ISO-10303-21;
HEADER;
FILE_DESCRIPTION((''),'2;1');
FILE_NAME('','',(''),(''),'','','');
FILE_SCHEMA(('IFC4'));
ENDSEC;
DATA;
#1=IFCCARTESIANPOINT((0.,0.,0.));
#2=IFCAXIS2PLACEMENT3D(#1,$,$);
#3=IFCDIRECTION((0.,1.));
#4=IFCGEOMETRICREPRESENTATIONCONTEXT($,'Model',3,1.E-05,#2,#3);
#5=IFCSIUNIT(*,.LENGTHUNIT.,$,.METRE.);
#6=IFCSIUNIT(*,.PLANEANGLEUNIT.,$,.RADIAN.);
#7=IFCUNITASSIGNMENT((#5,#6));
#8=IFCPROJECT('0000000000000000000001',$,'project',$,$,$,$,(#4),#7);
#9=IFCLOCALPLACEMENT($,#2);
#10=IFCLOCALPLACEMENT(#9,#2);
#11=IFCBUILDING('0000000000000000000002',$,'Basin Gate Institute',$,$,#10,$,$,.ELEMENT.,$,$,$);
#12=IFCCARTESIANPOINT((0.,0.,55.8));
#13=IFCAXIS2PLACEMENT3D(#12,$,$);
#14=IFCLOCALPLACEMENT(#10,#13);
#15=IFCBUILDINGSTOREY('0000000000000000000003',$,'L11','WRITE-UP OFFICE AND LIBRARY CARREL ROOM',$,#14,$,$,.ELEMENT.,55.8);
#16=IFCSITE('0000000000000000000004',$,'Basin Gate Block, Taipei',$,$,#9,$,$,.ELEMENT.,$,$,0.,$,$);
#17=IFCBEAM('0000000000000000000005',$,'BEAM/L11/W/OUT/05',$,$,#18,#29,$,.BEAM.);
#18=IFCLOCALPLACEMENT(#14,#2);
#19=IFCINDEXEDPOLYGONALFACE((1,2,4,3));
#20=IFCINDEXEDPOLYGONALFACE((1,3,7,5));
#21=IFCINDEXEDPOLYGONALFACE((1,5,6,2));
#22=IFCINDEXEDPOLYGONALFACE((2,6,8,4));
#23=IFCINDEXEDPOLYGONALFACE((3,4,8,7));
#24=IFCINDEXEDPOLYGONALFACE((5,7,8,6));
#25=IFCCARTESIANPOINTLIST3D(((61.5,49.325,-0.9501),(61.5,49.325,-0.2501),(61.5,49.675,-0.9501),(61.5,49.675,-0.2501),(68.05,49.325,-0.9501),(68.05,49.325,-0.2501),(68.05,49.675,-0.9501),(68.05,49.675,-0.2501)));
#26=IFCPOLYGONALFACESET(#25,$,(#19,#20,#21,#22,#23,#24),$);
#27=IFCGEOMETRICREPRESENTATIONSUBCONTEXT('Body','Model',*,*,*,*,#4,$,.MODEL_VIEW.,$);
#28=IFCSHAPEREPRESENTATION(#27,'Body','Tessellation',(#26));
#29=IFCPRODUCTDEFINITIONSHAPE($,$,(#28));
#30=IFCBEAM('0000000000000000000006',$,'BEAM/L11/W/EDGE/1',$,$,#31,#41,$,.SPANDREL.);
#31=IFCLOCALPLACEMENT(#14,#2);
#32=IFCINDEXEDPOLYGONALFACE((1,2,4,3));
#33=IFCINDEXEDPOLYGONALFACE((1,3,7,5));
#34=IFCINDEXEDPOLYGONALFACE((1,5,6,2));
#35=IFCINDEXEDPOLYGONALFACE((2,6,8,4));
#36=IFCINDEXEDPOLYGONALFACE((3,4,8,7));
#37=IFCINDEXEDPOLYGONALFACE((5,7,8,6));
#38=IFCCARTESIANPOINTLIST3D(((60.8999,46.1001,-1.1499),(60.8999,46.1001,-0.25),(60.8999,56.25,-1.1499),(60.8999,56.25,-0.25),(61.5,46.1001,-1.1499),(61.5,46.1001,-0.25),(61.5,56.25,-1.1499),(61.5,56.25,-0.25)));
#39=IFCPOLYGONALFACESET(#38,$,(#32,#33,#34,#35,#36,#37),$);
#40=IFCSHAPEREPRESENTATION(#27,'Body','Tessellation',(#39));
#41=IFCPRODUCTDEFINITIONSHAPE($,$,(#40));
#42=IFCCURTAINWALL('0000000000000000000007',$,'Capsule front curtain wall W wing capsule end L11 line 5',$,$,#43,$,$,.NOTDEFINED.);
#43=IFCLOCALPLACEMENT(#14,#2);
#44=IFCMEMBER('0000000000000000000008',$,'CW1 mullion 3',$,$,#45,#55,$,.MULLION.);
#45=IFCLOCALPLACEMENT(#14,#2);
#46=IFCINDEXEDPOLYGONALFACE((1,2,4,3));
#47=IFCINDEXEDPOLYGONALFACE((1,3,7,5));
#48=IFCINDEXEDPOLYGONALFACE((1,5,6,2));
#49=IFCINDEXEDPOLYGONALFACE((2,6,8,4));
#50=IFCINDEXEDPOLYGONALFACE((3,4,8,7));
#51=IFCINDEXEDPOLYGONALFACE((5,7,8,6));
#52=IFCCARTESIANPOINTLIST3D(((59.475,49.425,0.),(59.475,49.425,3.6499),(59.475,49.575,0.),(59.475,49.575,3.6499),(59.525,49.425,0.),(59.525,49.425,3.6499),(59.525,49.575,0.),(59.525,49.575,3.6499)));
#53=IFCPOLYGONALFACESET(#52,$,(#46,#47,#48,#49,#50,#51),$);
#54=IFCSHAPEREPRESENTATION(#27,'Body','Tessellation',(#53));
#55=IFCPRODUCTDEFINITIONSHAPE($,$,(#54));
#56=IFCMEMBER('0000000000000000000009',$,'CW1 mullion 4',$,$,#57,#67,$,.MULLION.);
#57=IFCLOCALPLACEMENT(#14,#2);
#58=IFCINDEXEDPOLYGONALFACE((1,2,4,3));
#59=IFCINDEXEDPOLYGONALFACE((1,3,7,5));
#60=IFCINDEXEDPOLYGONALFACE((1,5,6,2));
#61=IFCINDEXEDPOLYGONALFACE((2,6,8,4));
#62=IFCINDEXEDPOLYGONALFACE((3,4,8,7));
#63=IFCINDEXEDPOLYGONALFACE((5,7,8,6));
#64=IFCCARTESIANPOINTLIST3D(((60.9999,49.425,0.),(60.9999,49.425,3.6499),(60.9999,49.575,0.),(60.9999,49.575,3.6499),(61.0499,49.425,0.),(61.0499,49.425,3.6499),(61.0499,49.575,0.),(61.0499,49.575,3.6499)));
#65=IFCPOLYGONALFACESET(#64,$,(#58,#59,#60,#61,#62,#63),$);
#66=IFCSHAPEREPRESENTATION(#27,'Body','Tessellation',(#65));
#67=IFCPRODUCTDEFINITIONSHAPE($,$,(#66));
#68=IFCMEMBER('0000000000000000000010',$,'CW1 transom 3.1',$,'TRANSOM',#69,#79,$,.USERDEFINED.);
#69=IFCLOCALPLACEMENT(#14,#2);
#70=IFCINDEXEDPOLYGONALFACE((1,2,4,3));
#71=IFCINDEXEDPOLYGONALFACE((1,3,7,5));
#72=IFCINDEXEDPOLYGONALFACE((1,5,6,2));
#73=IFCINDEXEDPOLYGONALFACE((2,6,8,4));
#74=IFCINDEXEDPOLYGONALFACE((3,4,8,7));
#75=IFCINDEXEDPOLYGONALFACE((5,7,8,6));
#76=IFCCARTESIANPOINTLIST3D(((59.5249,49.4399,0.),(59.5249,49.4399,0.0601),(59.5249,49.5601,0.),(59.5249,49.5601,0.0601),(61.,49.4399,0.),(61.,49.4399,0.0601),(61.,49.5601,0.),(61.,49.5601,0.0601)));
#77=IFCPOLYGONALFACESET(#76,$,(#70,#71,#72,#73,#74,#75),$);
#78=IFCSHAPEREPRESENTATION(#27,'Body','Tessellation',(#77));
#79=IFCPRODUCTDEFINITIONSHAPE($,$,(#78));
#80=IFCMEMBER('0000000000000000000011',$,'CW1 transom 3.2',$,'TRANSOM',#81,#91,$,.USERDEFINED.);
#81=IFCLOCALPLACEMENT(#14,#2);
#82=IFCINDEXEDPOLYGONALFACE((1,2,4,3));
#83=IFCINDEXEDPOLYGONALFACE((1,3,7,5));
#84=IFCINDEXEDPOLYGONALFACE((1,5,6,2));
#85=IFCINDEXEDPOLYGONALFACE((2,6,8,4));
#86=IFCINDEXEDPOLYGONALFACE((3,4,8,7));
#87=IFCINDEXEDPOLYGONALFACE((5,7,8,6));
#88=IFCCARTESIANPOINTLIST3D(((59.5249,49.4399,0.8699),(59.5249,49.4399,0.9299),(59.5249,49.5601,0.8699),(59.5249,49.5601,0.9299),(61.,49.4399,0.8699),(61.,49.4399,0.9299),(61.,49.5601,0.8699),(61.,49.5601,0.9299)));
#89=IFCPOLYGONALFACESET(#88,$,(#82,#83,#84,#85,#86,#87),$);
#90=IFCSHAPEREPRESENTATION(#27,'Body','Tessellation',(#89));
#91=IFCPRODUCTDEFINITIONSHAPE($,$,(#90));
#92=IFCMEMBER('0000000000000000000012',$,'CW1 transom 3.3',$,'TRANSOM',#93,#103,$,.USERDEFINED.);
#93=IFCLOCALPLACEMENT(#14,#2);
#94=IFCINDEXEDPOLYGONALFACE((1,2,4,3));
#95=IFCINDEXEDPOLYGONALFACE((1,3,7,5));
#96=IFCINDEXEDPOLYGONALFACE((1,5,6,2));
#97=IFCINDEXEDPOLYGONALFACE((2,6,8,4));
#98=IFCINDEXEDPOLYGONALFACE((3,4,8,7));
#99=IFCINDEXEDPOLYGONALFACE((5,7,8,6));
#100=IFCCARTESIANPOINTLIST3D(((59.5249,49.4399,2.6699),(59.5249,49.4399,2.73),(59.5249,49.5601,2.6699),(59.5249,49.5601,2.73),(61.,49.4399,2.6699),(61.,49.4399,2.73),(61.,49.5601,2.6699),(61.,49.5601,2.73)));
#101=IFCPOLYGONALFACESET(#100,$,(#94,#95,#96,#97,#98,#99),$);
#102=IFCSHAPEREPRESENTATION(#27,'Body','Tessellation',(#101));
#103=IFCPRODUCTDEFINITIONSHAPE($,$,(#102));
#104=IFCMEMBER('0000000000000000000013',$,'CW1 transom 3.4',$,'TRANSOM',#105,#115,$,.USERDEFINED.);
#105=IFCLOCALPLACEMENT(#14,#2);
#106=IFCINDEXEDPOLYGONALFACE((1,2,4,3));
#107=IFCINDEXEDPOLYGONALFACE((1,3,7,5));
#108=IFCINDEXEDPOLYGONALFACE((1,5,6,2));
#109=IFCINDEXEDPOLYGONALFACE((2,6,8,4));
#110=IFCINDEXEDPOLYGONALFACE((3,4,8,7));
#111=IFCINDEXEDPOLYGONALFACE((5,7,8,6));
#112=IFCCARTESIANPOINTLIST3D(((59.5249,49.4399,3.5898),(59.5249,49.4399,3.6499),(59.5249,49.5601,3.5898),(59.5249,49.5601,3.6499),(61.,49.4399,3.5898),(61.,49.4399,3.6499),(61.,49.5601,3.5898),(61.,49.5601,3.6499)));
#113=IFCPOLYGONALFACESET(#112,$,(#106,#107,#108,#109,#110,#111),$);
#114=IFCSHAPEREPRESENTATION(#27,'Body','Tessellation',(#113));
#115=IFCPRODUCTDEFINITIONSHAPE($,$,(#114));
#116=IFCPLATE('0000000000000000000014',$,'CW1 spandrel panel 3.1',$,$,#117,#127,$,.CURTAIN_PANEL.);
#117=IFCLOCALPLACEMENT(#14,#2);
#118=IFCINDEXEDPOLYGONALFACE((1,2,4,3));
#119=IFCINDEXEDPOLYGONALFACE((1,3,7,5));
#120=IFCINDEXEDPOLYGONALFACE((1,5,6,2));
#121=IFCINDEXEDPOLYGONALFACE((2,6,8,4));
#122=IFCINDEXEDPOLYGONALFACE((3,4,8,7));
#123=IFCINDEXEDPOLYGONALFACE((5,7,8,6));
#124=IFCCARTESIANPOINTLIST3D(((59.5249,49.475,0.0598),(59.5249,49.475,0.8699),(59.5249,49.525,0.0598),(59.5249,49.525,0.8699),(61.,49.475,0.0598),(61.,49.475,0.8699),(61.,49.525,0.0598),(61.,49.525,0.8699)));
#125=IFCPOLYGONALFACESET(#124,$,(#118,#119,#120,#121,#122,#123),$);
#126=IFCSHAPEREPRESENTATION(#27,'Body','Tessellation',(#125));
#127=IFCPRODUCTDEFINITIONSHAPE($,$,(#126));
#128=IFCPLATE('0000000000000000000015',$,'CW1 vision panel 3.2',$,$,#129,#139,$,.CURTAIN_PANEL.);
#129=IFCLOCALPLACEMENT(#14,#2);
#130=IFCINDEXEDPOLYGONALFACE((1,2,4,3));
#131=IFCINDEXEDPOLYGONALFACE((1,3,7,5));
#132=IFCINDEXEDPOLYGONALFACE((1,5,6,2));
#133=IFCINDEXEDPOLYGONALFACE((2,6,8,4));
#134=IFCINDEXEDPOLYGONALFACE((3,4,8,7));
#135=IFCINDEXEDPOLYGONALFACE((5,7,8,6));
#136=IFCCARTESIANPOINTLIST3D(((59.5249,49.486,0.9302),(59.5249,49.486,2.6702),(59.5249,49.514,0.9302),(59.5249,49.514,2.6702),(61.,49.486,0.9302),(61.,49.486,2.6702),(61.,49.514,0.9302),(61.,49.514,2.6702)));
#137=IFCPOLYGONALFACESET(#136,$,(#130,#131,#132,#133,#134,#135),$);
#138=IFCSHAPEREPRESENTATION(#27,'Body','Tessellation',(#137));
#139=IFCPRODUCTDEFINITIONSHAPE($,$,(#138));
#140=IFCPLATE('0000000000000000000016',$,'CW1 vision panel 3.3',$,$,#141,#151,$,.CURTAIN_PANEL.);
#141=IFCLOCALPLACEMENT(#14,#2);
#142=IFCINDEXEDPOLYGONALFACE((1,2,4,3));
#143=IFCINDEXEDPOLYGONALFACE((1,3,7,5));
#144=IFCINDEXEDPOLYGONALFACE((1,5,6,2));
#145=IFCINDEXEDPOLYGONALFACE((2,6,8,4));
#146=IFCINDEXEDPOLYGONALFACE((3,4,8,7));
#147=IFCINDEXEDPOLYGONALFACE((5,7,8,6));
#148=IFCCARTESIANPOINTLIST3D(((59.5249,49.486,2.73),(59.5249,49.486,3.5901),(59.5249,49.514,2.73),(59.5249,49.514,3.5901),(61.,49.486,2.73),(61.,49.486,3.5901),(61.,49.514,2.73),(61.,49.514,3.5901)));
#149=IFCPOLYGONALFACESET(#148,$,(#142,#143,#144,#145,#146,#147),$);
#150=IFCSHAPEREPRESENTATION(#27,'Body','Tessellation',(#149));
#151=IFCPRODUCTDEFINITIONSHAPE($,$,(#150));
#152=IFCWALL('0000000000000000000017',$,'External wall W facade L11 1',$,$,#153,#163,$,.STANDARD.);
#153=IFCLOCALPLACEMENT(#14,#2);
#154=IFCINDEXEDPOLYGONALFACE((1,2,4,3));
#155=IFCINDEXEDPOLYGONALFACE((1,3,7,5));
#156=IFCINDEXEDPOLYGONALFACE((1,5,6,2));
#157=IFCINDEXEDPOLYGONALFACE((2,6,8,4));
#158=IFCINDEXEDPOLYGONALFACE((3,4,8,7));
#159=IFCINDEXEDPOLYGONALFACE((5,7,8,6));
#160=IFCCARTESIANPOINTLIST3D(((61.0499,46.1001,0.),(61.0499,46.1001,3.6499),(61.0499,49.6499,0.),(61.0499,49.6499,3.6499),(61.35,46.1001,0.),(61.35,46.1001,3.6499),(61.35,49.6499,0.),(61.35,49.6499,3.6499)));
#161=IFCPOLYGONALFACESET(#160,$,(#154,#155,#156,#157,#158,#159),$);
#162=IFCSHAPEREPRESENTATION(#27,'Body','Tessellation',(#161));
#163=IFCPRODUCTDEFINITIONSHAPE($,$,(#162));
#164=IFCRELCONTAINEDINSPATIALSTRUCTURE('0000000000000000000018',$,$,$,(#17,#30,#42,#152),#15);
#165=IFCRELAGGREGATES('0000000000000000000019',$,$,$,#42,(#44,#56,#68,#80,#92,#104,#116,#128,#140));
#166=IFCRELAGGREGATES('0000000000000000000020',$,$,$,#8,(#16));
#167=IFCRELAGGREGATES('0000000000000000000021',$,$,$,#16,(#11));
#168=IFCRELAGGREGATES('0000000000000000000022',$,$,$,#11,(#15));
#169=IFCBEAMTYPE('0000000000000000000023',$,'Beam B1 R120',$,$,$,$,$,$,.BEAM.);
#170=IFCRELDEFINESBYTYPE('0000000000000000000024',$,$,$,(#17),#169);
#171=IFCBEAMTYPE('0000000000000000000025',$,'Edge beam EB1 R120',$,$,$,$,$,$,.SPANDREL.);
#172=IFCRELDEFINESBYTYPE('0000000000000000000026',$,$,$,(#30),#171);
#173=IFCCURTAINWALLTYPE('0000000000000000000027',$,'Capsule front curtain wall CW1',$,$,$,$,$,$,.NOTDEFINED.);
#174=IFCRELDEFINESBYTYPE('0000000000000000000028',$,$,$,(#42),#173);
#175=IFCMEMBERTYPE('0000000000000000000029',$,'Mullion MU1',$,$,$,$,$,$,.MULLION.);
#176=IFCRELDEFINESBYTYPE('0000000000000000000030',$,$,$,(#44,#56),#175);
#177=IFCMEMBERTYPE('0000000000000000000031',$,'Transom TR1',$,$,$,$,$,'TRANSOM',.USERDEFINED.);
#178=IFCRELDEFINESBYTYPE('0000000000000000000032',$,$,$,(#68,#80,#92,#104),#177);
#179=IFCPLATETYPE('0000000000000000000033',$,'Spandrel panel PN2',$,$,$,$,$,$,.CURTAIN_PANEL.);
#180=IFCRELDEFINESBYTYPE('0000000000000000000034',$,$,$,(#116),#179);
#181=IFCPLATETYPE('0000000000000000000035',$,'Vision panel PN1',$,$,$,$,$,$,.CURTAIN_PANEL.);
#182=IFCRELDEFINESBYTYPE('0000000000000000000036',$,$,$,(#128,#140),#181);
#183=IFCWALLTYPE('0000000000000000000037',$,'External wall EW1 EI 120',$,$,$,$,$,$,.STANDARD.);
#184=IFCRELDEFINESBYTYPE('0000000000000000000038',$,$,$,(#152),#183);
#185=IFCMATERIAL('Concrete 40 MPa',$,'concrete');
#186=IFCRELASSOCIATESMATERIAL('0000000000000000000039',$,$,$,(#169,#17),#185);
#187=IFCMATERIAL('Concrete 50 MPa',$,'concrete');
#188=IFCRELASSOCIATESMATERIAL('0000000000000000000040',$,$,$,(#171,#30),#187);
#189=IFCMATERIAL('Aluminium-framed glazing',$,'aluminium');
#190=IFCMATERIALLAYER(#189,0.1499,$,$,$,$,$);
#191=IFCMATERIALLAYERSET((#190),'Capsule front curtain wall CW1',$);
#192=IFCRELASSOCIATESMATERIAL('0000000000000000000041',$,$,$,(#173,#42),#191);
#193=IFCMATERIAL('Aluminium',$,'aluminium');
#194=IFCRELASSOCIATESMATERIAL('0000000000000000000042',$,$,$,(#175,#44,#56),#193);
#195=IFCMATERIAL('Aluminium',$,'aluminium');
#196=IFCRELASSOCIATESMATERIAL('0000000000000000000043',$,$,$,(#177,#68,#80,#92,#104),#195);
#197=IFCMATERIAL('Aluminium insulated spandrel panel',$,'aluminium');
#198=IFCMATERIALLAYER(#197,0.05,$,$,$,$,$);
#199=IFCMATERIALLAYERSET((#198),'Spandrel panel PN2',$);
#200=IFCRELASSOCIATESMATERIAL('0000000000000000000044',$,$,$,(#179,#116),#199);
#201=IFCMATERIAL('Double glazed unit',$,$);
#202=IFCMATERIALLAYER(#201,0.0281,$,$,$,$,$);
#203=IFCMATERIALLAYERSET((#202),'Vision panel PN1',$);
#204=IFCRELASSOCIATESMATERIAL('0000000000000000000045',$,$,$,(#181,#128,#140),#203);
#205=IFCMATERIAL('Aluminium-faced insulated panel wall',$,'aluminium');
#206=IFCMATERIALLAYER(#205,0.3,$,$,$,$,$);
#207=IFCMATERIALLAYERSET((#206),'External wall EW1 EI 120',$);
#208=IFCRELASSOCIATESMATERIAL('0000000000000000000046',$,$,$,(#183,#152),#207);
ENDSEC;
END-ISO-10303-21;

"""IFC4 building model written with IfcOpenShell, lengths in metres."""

from ifc_helpers import new_model, si_unit, direction, frame, frame_2d, origin, origin_2d, place, context, subcontext, project, spatial, rectangle, extrude, material, layer, layer_set, material_profile, profile_set, type_object, element, aggregate, save


model = new_model("IFC4")

# Units and contexts
model_context = context("Model", 3, precision=1e-05, world=origin(), true_north=direction((0.0, 1.0)))
body_context = subcontext(model_context, "Body", "Model", "MODEL_VIEW")
ifc_project = project(units=[si_unit("LENGTHUNIT", "METRE"), si_unit("PLANEANGLEUNIT", "RADIAN")], contexts=[model_context])

# Site, building, storey
site_placement = place(None, origin())
site = spatial("IfcSite", under=ifc_project, at=site_placement, Name="Basin Gate Block, Taipei", CompositionType="ELEMENT", RefElevation=0.0)
building_placement = place(site_placement, origin())
building = spatial("IfcBuilding", under=site, at=building_placement, Name="Basin Gate Institute", CompositionType="ELEMENT")
storey_placement = place(building_placement, frame((0.0, 0.0, 55.8)))
storey = spatial("IfcBuildingStorey", under=building, at=storey_placement, Name="L11", Description="WRITE-UP OFFICE AND LIBRARY CARREL ROOM", CompositionType="ELEMENT", Elevation=55.8)

# Beams
ifc_material_1 = material(Name="Concrete 40 MPa", Category="concrete")
ifc_material_profile_1 = material_profile(ifc_material_1, rectangle(XDim=0.3501, YDim=0.7, at=origin_2d()), Name="Beam B1 350 x 700")
ifc_profile_set_1 = profile_set([ifc_material_profile_1], Name="Concrete 40 MPa")
beam_type_1 = type_object("IfcBeamType", Name="Beam B1 R120", PredefinedType="BEAM", material=ifc_profile_set_1)
beam_1_placement = place(storey_placement, frame((61.5, 49.5, -0.6001), z_axis=(1.0, 0.0, 0.0), x_axis=(0.0, 1.0, 0.0)))
element("IfcBeam", 1, at=beam_1_placement, inside=storey, type_object=beam_type_1, material=ifc_profile_set_1, Name="BEAM/L11/W/OUT/05", PredefinedType="BEAM", context=body_context, shape_type="SweptSolid", body=[
    extrude(rectangle(XDim=0.3501, YDim=0.7, at=origin_2d()), origin(), (0.0, 0.0, 1.0), 6.55),
])
ifc_material_2 = material(Name="Concrete 50 MPa", Category="concrete")
ifc_material_profile_2 = material_profile(ifc_material_2, rectangle(XDim=0.6001, YDim=0.8999, at=origin_2d()), Name="Edge beam EB1 600 x 900")
ifc_profile_set_2 = profile_set([ifc_material_profile_2], Name="Concrete 50 MPa")
beam_type_2 = type_object("IfcBeamType", Name="Edge beam EB1 R120", PredefinedType="SPANDREL", material=ifc_profile_set_2)
beam_2_placement = place(storey_placement, frame((61.2, 46.1001, -0.7), z_axis=(0.0, 1.0, 0.0), x_axis=(-1.0, 0.0, 0.0)))
element("IfcBeam", 2, at=beam_2_placement, inside=storey, type_object=beam_type_2, material=ifc_profile_set_2, Name="BEAM/L11/W/EDGE/1", PredefinedType="SPANDREL", context=body_context, shape_type="SweptSolid", body=[
    extrude(rectangle(XDim=0.6001, YDim=0.8999, at=origin_2d()), origin(), (0.0, 0.0, 1.0), 10.1499),
])

# Curtain wall, members, plates
ifc_material_3 = material(Name="Aluminium-framed glazing", Category="aluminium")
ifc_layer_1 = layer(ifc_material_3, 0.1499)
ifc_layer_set_1 = layer_set([ifc_layer_1], Name="Capsule front curtain wall CW1")
curtain_wall_type = type_object("IfcCurtainWallType", Name="Capsule front curtain wall CW1", PredefinedType="NOTDEFINED", material=ifc_layer_set_1)
curtain_wall_placement = place(storey_placement, origin())
curtain_wall = element("IfcCurtainWall", 3, at=curtain_wall_placement, inside=storey, type_object=curtain_wall_type, material=ifc_layer_set_1, Name="Capsule front curtain wall W wing capsule end L11 line 5", PredefinedType="NOTDEFINED")
ifc_material_4 = material(Name="Aluminium", Category="aluminium")
ifc_material_profile_3 = material_profile(ifc_material_4, rectangle(XDim=0.1499, YDim=0.05, at=origin_2d()), Name="Mullion MU1 150 x 50")
ifc_profile_set_3 = profile_set([ifc_material_profile_3], Name="Aluminium")
member_type_1 = type_object("IfcMemberType", Name="Mullion MU1", PredefinedType="MULLION", material=ifc_profile_set_3)
member_1_placement = place(storey_placement, frame((59.5, 49.5, 0.0), z_axis=(0.0, 0.0, 1.0), x_axis=(0.0, 1.0, 0.0)))
member_1 = element("IfcMember", 4, at=member_1_placement, type_object=member_type_1, material=ifc_profile_set_3, Name="CW1 mullion 3", PredefinedType="MULLION", context=body_context, shape_type="SweptSolid", body=[
    extrude(rectangle(XDim=0.1499, YDim=0.05, at=origin_2d()), origin(), (0.0, 0.0, 1.0), 3.6499),
])
member_2_placement = place(storey_placement, frame((61.0249, 49.5, 0.0), z_axis=(0.0, 0.0, 1.0), x_axis=(0.0, 1.0, 0.0)))
member_2 = element("IfcMember", 5, at=member_2_placement, type_object=member_type_1, material=ifc_profile_set_3, Name="CW1 mullion 4", PredefinedType="MULLION", context=body_context, shape_type="SweptSolid", body=[
    extrude(rectangle(XDim=0.1499, YDim=0.05, at=origin_2d()), origin(), (0.0, 0.0, 1.0), 3.6499),
])
ifc_material_5 = material(Name="Aluminium", Category="aluminium")
ifc_material_profile_4 = material_profile(ifc_material_5, rectangle(XDim=0.1201, YDim=0.0601, at=origin_2d()), Name="Transom TR1 120 x 60")
ifc_profile_set_4 = profile_set([ifc_material_profile_4], Name="Aluminium")
member_type_2 = type_object("IfcMemberType", Name="Transom TR1", ElementType="TRANSOM", PredefinedType="USERDEFINED", material=ifc_profile_set_4)
member_3_placement = place(storey_placement, frame((59.5249, 49.5, 0.03), z_axis=(1.0, 0.0, 0.0), x_axis=(0.0, 1.0, 0.0)))
member_3 = element("IfcMember", 6, at=member_3_placement, type_object=member_type_2, material=ifc_profile_set_4, Name="CW1 transom 3.1", ObjectType="TRANSOM", PredefinedType="USERDEFINED", context=body_context, shape_type="SweptSolid", body=[
    extrude(rectangle(XDim=0.1201, YDim=0.0601, at=origin_2d()), origin(), (0.0, 0.0, 1.0), 1.4751),
])
member_4_placement = place(storey_placement, frame((59.5249, 49.5, 0.8999), z_axis=(1.0, 0.0, 0.0), x_axis=(0.0, 1.0, 0.0)))
member_4 = element("IfcMember", 7, at=member_4_placement, type_object=member_type_2, material=ifc_profile_set_4, Name="CW1 transom 3.2", ObjectType="TRANSOM", PredefinedType="USERDEFINED", context=body_context, shape_type="SweptSolid", body=[
    extrude(rectangle(XDim=0.1201, YDim=0.0601, at=origin_2d()), origin(), (0.0, 0.0, 1.0), 1.4751),
])
member_5_placement = place(storey_placement, frame((59.5249, 49.5, 2.7), z_axis=(1.0, 0.0, 0.0), x_axis=(0.0, 1.0, 0.0)))
member_5 = element("IfcMember", 8, at=member_5_placement, type_object=member_type_2, material=ifc_profile_set_4, Name="CW1 transom 3.3", ObjectType="TRANSOM", PredefinedType="USERDEFINED", context=body_context, shape_type="SweptSolid", body=[
    extrude(rectangle(XDim=0.1201, YDim=0.0601, at=origin_2d()), origin(), (0.0, 0.0, 1.0), 1.4751),
])
member_6_placement = place(storey_placement, frame((59.5249, 49.5, 3.6199), z_axis=(1.0, 0.0, 0.0), x_axis=(0.0, 1.0, 0.0)))
member_6 = element("IfcMember", 9, at=member_6_placement, type_object=member_type_2, material=ifc_profile_set_4, Name="CW1 transom 3.4", ObjectType="TRANSOM", PredefinedType="USERDEFINED", context=body_context, shape_type="SweptSolid", body=[
    extrude(rectangle(XDim=0.1201, YDim=0.0601, at=origin_2d()), origin(), (0.0, 0.0, 1.0), 1.4751),
])
ifc_material_6 = material(Name="Aluminium insulated spandrel panel", Category="aluminium")
ifc_layer_2 = layer(ifc_material_6, 0.05)
ifc_layer_set_2 = layer_set([ifc_layer_2], Name="Spandrel panel PN2")
plate_type_1 = type_object("IfcPlateType", Name="Spandrel panel PN2", PredefinedType="CURTAIN_PANEL", material=ifc_layer_set_2)
plate_1_placement = place(storey_placement, frame((60.2625, 49.5, 0.0598), z_axis=(0.0, 0.0, 1.0), x_axis=(1.0, 0.0, 0.0)))
plate_1 = element("IfcPlate", 10, at=plate_1_placement, type_object=plate_type_1, material=ifc_layer_set_2, Name="CW1 spandrel panel 3.1", PredefinedType="CURTAIN_PANEL", context=body_context, shape_type="SweptSolid", body=[
    extrude(rectangle(XDim=1.4751, YDim=0.05, at=origin_2d()), origin(), (0.0, 0.0, 1.0), 0.8101),
])
ifc_material_7 = material(Name="Double glazed unit")
ifc_layer_3 = layer(ifc_material_7, 0.0281)
ifc_layer_set_3 = layer_set([ifc_layer_3], Name="Vision panel PN1")
plate_type_2 = type_object("IfcPlateType", Name="Vision panel PN1", PredefinedType="CURTAIN_PANEL", material=ifc_layer_set_3)
plate_2_placement = place(storey_placement, frame((60.2625, 49.5, 0.9302), z_axis=(0.0, 0.0, 1.0), x_axis=(1.0, 0.0, 0.0)))
plate_2 = element("IfcPlate", 11, at=plate_2_placement, type_object=plate_type_2, material=ifc_layer_set_3, Name="CW1 vision panel 3.2", PredefinedType="CURTAIN_PANEL", context=body_context, shape_type="SweptSolid", body=[
    extrude(rectangle(XDim=1.4751, YDim=0.0281, at=origin_2d()), origin(), (0.0, 0.0, 1.0), 1.74),
])
plate_3_placement = place(storey_placement, frame((60.2625, 49.5, 2.73), z_axis=(0.0, 0.0, 1.0), x_axis=(1.0, 0.0, 0.0)))
plate_3 = element("IfcPlate", 12, at=plate_3_placement, type_object=plate_type_2, material=ifc_layer_set_3, Name="CW1 vision panel 3.3", PredefinedType="CURTAIN_PANEL", context=body_context, shape_type="SweptSolid", body=[
    extrude(rectangle(XDim=1.4751, YDim=0.0281, at=origin_2d()), origin(), (0.0, 0.0, 1.0), 0.8601),
])
aggregate(curtain_wall, [member_1, member_2, member_3, member_4, member_5, member_6, plate_1, plate_2, plate_3])

# Wall
ifc_material_8 = material(Name="Aluminium-faced insulated panel wall", Category="aluminium")
ifc_layer_4 = layer(ifc_material_8, 0.3)
ifc_layer_set_4 = layer_set([ifc_layer_4], Name="External wall EW1 EI 120")
wall_type_1 = type_object("IfcWallType", Name="External wall EW1 EI 120", PredefinedType="STANDARD", material=ifc_layer_set_4)
wall_1_placement = place(storey_placement, frame((61.2, 46.1001, 0.0), z_axis=(0.0, 0.0, 1.0), x_axis=(0.0, 1.0, 0.0)))
element("IfcWall", 13, at=wall_1_placement, inside=storey, type_object=wall_type_1, material=ifc_layer_set_4, Name="External wall W facade L11 1", PredefinedType="STANDARD", context=body_context, shape_type="SweptSolid", body=[
    extrude(rectangle(XDim=3.5498, YDim=0.3, at=frame_2d((1.7749, 0.0))), origin(), (0.0, 0.0, 1.0), 3.6499),
])

save(model, "model.ifc")
